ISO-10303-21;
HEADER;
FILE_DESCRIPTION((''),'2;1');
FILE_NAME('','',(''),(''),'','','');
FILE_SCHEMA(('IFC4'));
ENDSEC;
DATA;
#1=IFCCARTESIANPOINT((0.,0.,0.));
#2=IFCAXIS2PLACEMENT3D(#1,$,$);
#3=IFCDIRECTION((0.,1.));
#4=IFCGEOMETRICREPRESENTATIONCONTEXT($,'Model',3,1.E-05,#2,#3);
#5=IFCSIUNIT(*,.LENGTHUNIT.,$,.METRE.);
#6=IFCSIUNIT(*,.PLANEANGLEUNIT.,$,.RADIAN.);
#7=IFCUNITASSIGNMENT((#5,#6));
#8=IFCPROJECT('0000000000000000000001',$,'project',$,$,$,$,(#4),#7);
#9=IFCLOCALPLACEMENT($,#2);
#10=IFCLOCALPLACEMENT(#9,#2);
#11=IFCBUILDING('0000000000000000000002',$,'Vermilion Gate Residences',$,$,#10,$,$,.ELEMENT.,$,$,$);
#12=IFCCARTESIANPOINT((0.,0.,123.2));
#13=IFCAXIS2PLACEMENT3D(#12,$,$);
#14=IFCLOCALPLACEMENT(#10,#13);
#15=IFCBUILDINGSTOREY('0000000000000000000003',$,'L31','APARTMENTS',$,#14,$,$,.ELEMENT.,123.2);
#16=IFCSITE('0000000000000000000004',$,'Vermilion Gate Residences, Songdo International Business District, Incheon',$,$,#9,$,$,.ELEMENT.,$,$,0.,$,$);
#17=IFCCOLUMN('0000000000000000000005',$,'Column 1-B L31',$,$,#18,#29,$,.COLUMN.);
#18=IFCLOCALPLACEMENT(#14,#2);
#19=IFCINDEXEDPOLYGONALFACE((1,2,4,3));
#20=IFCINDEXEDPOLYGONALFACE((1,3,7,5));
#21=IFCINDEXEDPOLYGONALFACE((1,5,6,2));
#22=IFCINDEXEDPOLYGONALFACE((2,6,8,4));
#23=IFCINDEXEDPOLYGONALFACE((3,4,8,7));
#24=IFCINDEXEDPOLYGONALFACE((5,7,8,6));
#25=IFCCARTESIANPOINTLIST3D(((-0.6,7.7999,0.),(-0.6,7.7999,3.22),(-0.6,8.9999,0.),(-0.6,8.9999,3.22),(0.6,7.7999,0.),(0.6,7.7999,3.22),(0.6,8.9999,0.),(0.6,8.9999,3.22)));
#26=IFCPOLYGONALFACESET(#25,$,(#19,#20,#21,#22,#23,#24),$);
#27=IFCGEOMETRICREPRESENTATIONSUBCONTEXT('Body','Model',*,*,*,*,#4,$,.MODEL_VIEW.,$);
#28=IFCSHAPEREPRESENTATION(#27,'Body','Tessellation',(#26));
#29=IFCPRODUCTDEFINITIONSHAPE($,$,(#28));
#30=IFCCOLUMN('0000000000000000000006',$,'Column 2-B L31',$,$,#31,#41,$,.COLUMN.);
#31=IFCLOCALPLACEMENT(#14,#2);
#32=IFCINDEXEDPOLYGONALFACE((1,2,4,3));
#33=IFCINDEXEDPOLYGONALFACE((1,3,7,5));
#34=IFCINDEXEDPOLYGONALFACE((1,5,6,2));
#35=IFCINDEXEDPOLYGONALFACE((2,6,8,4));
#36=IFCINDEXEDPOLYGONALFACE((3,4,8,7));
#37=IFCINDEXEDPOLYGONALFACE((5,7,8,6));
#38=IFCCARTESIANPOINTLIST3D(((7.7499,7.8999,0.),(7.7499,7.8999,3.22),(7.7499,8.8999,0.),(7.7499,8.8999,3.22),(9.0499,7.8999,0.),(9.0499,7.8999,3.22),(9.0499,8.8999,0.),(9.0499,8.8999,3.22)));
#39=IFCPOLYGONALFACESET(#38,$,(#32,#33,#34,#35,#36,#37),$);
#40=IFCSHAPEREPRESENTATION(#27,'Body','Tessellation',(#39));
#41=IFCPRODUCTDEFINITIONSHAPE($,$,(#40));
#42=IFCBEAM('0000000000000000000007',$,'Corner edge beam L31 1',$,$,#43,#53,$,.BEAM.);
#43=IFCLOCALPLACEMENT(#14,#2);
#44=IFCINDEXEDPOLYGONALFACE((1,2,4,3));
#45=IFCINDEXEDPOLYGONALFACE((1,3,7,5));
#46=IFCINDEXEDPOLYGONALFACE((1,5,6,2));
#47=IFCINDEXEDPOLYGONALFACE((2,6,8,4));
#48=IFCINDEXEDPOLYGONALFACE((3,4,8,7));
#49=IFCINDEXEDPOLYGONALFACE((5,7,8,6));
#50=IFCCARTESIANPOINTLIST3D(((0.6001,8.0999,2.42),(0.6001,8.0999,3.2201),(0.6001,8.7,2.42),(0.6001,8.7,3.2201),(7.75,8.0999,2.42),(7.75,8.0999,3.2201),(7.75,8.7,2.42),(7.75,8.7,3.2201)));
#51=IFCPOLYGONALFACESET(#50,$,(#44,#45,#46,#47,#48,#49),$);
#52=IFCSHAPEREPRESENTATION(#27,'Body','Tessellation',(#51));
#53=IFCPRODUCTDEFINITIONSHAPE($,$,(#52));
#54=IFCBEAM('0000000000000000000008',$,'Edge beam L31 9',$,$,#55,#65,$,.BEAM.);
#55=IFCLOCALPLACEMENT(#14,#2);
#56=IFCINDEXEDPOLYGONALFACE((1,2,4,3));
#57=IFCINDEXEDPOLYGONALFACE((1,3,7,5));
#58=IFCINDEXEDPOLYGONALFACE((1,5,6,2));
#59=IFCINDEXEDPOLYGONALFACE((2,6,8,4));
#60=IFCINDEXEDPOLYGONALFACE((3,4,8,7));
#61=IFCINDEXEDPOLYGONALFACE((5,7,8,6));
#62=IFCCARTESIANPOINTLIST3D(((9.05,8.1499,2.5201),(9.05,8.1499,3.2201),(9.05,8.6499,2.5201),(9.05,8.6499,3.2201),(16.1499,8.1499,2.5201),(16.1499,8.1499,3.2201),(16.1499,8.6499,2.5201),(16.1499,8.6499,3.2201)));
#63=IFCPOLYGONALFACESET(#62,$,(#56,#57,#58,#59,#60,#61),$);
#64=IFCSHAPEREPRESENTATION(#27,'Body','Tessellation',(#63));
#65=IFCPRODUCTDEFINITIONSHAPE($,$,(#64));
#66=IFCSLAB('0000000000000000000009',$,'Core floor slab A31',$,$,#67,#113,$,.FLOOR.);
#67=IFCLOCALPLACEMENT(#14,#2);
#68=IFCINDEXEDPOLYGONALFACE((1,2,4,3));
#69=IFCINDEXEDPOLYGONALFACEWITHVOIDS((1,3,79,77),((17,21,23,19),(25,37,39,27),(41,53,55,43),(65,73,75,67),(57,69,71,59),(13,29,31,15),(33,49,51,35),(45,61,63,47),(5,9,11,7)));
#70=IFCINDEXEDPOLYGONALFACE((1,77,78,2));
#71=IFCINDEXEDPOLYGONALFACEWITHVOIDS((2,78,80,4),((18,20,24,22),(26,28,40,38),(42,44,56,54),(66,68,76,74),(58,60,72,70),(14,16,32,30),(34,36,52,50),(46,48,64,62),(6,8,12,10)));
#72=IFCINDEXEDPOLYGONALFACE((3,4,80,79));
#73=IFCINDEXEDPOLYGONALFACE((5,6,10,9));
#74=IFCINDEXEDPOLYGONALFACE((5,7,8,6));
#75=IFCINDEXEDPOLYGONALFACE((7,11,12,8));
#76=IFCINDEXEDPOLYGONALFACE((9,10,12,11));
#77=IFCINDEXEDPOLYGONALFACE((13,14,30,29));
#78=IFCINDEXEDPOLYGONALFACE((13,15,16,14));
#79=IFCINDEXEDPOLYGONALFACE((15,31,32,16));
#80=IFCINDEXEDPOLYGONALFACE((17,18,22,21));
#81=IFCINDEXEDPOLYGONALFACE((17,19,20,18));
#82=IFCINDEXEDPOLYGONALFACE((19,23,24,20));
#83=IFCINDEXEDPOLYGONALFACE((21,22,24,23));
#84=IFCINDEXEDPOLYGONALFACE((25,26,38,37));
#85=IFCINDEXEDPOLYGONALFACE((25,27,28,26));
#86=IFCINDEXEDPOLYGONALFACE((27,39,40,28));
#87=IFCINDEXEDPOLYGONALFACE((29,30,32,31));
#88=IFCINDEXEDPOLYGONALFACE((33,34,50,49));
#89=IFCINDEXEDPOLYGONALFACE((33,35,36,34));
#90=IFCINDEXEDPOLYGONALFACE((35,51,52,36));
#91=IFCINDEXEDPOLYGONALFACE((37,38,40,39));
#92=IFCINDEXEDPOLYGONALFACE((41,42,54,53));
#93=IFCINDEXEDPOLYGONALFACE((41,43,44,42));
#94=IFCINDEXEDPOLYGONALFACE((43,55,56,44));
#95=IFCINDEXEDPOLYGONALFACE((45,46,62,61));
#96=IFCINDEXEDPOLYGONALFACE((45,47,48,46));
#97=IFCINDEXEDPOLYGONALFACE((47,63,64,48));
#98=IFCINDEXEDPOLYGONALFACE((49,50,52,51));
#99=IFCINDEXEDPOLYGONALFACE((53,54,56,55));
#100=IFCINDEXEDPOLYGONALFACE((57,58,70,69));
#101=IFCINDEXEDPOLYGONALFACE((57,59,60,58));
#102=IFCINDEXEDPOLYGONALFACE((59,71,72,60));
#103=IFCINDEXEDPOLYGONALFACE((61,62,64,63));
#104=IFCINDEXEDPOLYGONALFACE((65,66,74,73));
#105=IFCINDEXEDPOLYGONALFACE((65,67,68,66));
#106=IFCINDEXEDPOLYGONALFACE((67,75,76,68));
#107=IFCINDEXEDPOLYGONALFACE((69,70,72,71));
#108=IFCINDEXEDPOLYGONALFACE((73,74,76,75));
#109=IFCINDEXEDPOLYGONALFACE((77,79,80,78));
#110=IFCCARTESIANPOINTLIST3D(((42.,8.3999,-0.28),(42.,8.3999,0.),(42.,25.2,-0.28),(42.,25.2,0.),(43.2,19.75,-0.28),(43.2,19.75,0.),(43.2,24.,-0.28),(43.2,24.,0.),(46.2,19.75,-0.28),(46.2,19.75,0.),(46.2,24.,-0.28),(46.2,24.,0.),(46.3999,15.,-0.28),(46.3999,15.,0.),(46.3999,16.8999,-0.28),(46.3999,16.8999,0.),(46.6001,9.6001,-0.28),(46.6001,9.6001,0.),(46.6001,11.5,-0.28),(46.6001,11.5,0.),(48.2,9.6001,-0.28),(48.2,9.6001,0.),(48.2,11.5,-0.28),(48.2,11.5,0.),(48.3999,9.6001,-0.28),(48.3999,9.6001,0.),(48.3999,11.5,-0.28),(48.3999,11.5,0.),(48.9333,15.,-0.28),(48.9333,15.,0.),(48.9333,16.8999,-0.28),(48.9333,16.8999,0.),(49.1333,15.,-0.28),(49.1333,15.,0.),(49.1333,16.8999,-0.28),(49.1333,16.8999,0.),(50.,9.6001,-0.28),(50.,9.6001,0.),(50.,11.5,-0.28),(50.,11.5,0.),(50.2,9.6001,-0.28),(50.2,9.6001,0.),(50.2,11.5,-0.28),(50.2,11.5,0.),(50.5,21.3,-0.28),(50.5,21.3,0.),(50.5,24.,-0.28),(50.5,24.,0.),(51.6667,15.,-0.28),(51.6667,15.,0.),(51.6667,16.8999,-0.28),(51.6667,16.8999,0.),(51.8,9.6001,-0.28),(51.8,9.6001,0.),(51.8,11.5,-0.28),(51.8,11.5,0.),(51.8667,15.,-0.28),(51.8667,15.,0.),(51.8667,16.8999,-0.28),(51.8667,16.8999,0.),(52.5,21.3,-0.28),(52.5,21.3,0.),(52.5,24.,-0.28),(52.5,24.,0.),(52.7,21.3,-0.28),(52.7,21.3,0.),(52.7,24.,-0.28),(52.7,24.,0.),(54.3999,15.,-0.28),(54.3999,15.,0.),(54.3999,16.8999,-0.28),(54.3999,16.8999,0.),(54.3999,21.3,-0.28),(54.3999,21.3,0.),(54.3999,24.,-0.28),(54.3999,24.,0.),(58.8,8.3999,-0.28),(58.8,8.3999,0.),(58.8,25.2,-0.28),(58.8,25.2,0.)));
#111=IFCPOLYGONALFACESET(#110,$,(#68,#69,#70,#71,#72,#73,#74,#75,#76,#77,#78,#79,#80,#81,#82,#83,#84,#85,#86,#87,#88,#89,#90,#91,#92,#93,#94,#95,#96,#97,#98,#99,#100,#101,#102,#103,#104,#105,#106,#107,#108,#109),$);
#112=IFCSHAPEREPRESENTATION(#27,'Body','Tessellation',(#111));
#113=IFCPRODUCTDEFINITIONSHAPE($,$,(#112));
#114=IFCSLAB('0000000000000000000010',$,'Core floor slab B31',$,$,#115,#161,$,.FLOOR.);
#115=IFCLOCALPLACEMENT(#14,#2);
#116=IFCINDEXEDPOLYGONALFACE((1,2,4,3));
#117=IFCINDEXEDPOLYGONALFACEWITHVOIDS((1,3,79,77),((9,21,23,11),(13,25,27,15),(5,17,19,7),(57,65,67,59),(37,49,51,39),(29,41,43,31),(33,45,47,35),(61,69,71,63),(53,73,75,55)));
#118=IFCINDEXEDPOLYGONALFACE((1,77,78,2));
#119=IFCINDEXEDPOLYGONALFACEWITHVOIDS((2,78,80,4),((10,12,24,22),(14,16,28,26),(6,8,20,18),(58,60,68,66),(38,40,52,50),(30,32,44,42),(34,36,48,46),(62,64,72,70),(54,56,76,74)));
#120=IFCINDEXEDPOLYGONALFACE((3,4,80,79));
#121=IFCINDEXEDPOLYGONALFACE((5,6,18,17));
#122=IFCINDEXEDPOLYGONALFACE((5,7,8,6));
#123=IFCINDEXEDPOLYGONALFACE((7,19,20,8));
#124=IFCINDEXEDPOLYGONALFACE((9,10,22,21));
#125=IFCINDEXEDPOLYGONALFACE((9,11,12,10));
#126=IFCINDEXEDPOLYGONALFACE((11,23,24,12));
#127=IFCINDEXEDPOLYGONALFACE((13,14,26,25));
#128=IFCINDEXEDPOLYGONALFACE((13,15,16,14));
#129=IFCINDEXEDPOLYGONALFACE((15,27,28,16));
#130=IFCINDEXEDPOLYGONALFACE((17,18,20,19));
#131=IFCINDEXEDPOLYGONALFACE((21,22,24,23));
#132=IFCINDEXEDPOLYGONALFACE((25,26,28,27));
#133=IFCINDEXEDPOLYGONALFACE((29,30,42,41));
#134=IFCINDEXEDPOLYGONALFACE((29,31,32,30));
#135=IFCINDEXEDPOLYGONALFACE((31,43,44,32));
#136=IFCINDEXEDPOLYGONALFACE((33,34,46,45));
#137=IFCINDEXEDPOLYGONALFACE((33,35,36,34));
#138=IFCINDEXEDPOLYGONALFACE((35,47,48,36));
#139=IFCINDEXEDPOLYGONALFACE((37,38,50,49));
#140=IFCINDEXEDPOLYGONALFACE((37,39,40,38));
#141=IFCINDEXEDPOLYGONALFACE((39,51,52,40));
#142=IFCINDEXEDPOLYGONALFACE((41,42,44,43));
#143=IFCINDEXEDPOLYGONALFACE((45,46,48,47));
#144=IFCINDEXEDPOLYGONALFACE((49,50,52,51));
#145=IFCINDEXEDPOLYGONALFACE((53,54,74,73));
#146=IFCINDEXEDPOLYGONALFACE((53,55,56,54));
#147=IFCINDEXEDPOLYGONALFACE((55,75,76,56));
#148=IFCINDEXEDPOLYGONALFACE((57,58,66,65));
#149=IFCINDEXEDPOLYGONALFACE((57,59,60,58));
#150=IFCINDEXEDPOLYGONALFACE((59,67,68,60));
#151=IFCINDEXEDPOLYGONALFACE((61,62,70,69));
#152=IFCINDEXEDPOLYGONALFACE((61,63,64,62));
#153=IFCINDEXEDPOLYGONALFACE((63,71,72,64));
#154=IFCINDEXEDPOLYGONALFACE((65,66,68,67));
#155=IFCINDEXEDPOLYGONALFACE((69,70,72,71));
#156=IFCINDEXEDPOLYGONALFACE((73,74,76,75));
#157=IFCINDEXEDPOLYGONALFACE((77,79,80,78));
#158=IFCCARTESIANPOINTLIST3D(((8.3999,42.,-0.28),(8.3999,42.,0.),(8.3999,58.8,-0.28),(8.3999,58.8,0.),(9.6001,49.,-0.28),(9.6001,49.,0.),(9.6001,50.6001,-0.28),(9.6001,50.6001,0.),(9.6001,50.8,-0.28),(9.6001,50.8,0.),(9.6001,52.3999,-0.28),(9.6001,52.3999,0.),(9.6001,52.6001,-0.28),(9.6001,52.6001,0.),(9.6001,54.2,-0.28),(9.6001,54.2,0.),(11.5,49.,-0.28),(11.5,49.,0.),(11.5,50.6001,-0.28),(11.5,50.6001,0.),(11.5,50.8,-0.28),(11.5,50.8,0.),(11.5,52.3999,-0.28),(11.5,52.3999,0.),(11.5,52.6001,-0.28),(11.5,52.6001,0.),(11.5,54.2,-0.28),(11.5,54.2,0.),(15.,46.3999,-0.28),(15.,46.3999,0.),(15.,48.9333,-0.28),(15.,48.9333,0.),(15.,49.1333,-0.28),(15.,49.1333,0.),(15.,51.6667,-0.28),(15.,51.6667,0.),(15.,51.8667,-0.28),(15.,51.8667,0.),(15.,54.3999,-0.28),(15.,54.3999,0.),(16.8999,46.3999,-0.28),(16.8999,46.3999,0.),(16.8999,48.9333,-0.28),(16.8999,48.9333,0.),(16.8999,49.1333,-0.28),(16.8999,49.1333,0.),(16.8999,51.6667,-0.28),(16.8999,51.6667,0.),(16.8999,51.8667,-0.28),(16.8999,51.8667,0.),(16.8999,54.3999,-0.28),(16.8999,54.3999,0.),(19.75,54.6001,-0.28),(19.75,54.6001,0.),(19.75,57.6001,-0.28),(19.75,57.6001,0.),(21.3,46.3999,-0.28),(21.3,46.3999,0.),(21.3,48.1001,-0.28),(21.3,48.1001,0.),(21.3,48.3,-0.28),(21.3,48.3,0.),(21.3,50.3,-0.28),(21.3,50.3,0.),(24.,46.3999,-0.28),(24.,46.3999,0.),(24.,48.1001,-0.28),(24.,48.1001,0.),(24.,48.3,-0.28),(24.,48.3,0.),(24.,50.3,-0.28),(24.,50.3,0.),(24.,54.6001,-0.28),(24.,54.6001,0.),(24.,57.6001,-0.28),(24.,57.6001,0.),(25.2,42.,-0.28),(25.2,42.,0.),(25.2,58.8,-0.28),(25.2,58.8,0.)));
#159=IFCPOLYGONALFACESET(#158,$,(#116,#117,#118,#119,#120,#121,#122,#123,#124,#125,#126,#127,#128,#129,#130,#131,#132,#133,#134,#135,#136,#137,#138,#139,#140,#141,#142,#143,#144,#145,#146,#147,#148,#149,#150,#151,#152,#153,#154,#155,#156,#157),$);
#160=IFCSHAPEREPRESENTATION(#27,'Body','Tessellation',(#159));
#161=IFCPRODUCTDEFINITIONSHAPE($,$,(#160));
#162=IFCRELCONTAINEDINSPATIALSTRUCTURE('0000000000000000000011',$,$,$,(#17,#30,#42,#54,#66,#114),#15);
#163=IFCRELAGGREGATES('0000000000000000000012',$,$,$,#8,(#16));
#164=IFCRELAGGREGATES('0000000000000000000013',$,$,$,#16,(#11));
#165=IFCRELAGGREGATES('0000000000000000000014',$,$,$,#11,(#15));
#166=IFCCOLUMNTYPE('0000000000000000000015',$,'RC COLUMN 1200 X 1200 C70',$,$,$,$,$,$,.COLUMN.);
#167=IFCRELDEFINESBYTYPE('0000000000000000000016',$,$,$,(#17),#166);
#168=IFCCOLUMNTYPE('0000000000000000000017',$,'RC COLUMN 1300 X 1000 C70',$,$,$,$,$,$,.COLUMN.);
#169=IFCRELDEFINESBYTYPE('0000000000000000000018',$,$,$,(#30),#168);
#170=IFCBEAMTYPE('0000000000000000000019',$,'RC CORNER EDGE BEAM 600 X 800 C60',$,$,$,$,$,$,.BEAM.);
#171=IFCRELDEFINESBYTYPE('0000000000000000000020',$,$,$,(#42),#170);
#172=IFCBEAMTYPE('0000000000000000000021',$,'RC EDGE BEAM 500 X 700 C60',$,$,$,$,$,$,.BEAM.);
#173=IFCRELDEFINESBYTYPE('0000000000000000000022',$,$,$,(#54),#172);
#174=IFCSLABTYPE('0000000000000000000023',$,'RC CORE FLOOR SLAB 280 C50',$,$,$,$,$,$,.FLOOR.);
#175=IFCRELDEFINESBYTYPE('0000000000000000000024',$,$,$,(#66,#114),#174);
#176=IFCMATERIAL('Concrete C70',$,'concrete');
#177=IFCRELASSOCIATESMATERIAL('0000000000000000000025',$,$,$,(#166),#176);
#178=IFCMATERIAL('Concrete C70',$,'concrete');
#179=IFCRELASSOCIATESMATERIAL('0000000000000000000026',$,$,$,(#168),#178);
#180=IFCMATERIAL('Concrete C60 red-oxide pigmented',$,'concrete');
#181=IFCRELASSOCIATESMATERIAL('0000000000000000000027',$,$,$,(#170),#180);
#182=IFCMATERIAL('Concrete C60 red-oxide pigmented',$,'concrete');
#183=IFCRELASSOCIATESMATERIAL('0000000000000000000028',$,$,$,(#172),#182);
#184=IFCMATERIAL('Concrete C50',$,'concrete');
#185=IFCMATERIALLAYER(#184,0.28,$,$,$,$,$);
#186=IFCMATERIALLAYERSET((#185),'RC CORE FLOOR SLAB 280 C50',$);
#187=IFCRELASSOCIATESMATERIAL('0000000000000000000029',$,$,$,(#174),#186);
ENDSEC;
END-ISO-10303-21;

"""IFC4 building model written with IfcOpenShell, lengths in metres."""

from ifc_helpers import new_model, si_unit, direction, frame, origin, origin_2d, place, context, subcontext, project, spatial, polyline, rectangle, outline, extrude, material, layer, layer_set, material_profile, profile_set, type_object, element, save


model = new_model("IFC4")

# Units and contexts
model_context = context("Model", 3, precision=1e-05, world=origin(), true_north=direction((0.0, 1.0)))
body_context = subcontext(model_context, "Body", "Model", "MODEL_VIEW")
ifc_project = project(units=[si_unit("LENGTHUNIT", "METRE"), si_unit("PLANEANGLEUNIT", "RADIAN")], contexts=[model_context])

# Site, building, storey
site_placement = place(None, origin())
site = spatial("IfcSite", under=ifc_project, at=site_placement, Name="Vermilion Gate Residences, Songdo International Business District, Incheon", CompositionType="ELEMENT", RefElevation=0.0)
building_placement = place(site_placement, origin())
building = spatial("IfcBuilding", under=site, at=building_placement, Name="Vermilion Gate Residences", CompositionType="ELEMENT")
storey_placement = place(building_placement, frame((0.0, 0.0, 123.2)))
storey = spatial("IfcBuildingStorey", under=building, at=storey_placement, Name="L31", Description="APARTMENTS", CompositionType="ELEMENT", Elevation=123.2)

# Columns
ifc_material_1 = material(Name="Concrete C70", Category="concrete")
ifc_material_profile_1 = material_profile(ifc_material_1, rectangle(XDim=1.2, YDim=1.2, at=origin_2d()), Name="RC-1200x1200")
ifc_profile_set_1 = profile_set([ifc_material_profile_1], Name="Concrete C70")
column_type_1 = type_object("IfcColumnType", Name="RC COLUMN 1200 X 1200 C70", PredefinedType="COLUMN", material=ifc_profile_set_1)
column_1_placement = place(storey_placement, frame((0.0, 8.3999, 0.0), z_axis=(0.0, 0.0, 1.0), x_axis=(1.0, 0.0, 0.0)))
element("IfcColumn", 1, at=column_1_placement, inside=storey, type_object=column_type_1, Name="Column 1-B L31", PredefinedType="COLUMN", context=body_context, shape_type="SweptSolid", body=[
    extrude(rectangle(XDim=1.2, YDim=1.2, at=origin_2d()), origin(), (0.0, 0.0, 1.0), 3.22),
])
ifc_material_2 = material(Name="Concrete C70", Category="concrete")
ifc_material_profile_2 = material_profile(ifc_material_2, rectangle(XDim=1.3, YDim=1.0, at=origin_2d()), Name="RC-1300x1000")
ifc_profile_set_2 = profile_set([ifc_material_profile_2], Name="Concrete C70")
column_type_2 = type_object("IfcColumnType", Name="RC COLUMN 1300 X 1000 C70", PredefinedType="COLUMN", material=ifc_profile_set_2)
column_2_placement = place(storey_placement, frame((8.3999, 8.3999, 0.0), z_axis=(0.0, 0.0, 1.0), x_axis=(1.0, 0.0, 0.0)))
element("IfcColumn", 2, at=column_2_placement, inside=storey, type_object=column_type_2, Name="Column 2-B L31", PredefinedType="COLUMN", context=body_context, shape_type="SweptSolid", body=[
    extrude(rectangle(XDim=1.3, YDim=1.0, at=origin_2d()), origin(), (0.0, 0.0, 1.0), 3.22),
])

# Beams
ifc_material_3 = material(Name="Concrete C60 red-oxide pigmented", Category="concrete")
ifc_material_profile_3 = material_profile(ifc_material_3, rectangle(XDim=0.6001, YDim=0.8, at=origin_2d()), Name="RC-600x800")
ifc_profile_set_3 = profile_set([ifc_material_profile_3], Name="Concrete C60 red-oxide pigmented")
beam_type_1 = type_object("IfcBeamType", Name="RC CORNER EDGE BEAM 600 X 800 C60", PredefinedType="BEAM", material=ifc_profile_set_3)
beam_1_placement = place(storey_placement, frame((0.6001, 8.3999, 2.8201), z_axis=(1.0, 0.0, 0.0), x_axis=(0.0, 1.0, 0.0)))
element("IfcBeam", 3, at=beam_1_placement, inside=storey, type_object=beam_type_1, Name="Corner edge beam L31 1", PredefinedType="BEAM", context=body_context, shape_type="SweptSolid", body=[
    extrude(rectangle(XDim=0.6001, YDim=0.8, at=origin_2d()), origin(), (0.0, 0.0, 1.0), 7.1499),
])
ifc_material_4 = material(Name="Concrete C60 red-oxide pigmented", Category="concrete")
ifc_material_profile_4 = material_profile(ifc_material_4, rectangle(XDim=0.5, YDim=0.7, at=origin_2d()), Name="RC-500x700")
ifc_profile_set_4 = profile_set([ifc_material_profile_4], Name="Concrete C60 red-oxide pigmented")
beam_type_2 = type_object("IfcBeamType", Name="RC EDGE BEAM 500 X 700 C60", PredefinedType="BEAM", material=ifc_profile_set_4)
beam_2_placement = place(storey_placement, frame((9.05, 8.3999, 2.8701), z_axis=(1.0, 0.0, 0.0), x_axis=(0.0, 1.0, 0.0)))
element("IfcBeam", 4, at=beam_2_placement, inside=storey, type_object=beam_type_2, Name="Edge beam L31 9", PredefinedType="BEAM", context=body_context, shape_type="SweptSolid", body=[
    extrude(rectangle(XDim=0.5, YDim=0.7, at=origin_2d()), origin(), (0.0, 0.0, 1.0), 7.0999),
])

# Slabs
ifc_material_5 = material(Name="Concrete C50", Category="concrete")
ifc_layer_1 = layer(ifc_material_5, 0.28)
ifc_layer_set_1 = layer_set([ifc_layer_1], Name="RC CORE FLOOR SLAB 280 C50")
slab_type_1 = type_object("IfcSlabType", Name="RC CORE FLOOR SLAB 280 C50", PredefinedType="FLOOR", material=ifc_layer_set_1)
slab_1_placement = place(storey_placement, frame((0.0, 0.0, -0.28)))
element("IfcSlab", 5, at=slab_1_placement, inside=storey, type_object=slab_type_1, Name="Core floor slab A31", PredefinedType="FLOOR", context=body_context, shape_type="SweptSolid", body=[
    extrude(outline(polyline([(42.0, 8.3999), (58.8, 8.3999), (58.8, 25.2), (42.0, 25.2), (42.0, 8.3999)]), holes=[polyline([(46.6001, 11.5), (48.2, 11.5), (48.2, 9.6001), (46.6001, 9.6001), (46.6001, 11.5)]), polyline([(48.3999, 11.5), (50.0, 11.5), (50.0, 9.6001), (48.3999, 9.6001), (48.3999, 11.5)]), polyline([(50.2, 11.5), (51.8, 11.5), (51.8, 9.6001), (50.2, 9.6001), (50.2, 11.5)]), polyline([(46.3999, 16.8999), (48.9333, 16.8999), (48.9333, 15.0), (46.3999, 15.0), (46.3999, 16.8999)]), polyline([(49.1333, 16.8999), (51.6667, 16.8999), (51.6667, 15.0), (49.1333, 15.0), (49.1333, 16.8999)]), polyline([(51.8667, 16.8999), (54.3999, 16.8999), (54.3999, 15.0), (51.8667, 15.0), (51.8667, 16.8999)]), polyline([(43.2, 24.0), (46.2, 24.0), (46.2, 19.75), (43.2, 19.75), (43.2, 24.0)]), polyline([(52.5, 24.0), (52.5, 21.3), (50.5, 21.3), (50.5, 24.0), (52.5, 24.0)]), polyline([(54.3999, 24.0), (54.3999, 21.3), (52.7, 21.3), (52.7, 24.0), (54.3999, 24.0)])]), origin(), (0.0, 0.0, 1.0), 0.28),
])
slab_2_placement = place(storey_placement, frame((0.0, 0.0, -0.28)))
element("IfcSlab", 6, at=slab_2_placement, inside=storey, type_object=slab_type_1, Name="Core floor slab B31", PredefinedType="FLOOR", context=body_context, shape_type="SweptSolid", body=[
    extrude(outline(polyline([(8.3999, 42.0), (25.2, 42.0), (25.2, 58.8), (8.3999, 58.8), (8.3999, 42.0)]), holes=[polyline([(21.3, 48.1001), (24.0, 48.1001), (24.0, 46.3999), (21.3, 46.3999), (21.3, 48.1001)]), polyline([(15.0, 48.9333), (16.8999, 48.9333), (16.8999, 46.3999), (15.0, 46.3999), (15.0, 48.9333)]), polyline([(21.3, 50.3), (24.0, 50.3), (24.0, 48.3), (21.3, 48.3), (21.3, 50.3)]), polyline([(9.6001, 50.6001), (11.5, 50.6001), (11.5, 49.0), (9.6001, 49.0), (9.6001, 50.6001)]), polyline([(15.0, 51.6667), (16.8999, 51.6667), (16.8999, 49.1333), (15.0, 49.1333), (15.0, 51.6667)]), polyline([(9.6001, 52.3999), (11.5, 52.3999), (11.5, 50.8), (9.6001, 50.8), (9.6001, 52.3999)]), polyline([(15.0, 54.3999), (16.8999, 54.3999), (16.8999, 51.8667), (15.0, 51.8667), (15.0, 54.3999)]), polyline([(11.5, 54.2), (11.5, 52.6001), (9.6001, 52.6001), (9.6001, 54.2), (11.5, 54.2)]), polyline([(24.0, 57.6001), (24.0, 54.6001), (19.75, 54.6001), (19.75, 57.6001), (24.0, 57.6001)])]), origin(), (0.0, 0.0, 1.0), 0.28),
])

save(model, "model.ifc")
